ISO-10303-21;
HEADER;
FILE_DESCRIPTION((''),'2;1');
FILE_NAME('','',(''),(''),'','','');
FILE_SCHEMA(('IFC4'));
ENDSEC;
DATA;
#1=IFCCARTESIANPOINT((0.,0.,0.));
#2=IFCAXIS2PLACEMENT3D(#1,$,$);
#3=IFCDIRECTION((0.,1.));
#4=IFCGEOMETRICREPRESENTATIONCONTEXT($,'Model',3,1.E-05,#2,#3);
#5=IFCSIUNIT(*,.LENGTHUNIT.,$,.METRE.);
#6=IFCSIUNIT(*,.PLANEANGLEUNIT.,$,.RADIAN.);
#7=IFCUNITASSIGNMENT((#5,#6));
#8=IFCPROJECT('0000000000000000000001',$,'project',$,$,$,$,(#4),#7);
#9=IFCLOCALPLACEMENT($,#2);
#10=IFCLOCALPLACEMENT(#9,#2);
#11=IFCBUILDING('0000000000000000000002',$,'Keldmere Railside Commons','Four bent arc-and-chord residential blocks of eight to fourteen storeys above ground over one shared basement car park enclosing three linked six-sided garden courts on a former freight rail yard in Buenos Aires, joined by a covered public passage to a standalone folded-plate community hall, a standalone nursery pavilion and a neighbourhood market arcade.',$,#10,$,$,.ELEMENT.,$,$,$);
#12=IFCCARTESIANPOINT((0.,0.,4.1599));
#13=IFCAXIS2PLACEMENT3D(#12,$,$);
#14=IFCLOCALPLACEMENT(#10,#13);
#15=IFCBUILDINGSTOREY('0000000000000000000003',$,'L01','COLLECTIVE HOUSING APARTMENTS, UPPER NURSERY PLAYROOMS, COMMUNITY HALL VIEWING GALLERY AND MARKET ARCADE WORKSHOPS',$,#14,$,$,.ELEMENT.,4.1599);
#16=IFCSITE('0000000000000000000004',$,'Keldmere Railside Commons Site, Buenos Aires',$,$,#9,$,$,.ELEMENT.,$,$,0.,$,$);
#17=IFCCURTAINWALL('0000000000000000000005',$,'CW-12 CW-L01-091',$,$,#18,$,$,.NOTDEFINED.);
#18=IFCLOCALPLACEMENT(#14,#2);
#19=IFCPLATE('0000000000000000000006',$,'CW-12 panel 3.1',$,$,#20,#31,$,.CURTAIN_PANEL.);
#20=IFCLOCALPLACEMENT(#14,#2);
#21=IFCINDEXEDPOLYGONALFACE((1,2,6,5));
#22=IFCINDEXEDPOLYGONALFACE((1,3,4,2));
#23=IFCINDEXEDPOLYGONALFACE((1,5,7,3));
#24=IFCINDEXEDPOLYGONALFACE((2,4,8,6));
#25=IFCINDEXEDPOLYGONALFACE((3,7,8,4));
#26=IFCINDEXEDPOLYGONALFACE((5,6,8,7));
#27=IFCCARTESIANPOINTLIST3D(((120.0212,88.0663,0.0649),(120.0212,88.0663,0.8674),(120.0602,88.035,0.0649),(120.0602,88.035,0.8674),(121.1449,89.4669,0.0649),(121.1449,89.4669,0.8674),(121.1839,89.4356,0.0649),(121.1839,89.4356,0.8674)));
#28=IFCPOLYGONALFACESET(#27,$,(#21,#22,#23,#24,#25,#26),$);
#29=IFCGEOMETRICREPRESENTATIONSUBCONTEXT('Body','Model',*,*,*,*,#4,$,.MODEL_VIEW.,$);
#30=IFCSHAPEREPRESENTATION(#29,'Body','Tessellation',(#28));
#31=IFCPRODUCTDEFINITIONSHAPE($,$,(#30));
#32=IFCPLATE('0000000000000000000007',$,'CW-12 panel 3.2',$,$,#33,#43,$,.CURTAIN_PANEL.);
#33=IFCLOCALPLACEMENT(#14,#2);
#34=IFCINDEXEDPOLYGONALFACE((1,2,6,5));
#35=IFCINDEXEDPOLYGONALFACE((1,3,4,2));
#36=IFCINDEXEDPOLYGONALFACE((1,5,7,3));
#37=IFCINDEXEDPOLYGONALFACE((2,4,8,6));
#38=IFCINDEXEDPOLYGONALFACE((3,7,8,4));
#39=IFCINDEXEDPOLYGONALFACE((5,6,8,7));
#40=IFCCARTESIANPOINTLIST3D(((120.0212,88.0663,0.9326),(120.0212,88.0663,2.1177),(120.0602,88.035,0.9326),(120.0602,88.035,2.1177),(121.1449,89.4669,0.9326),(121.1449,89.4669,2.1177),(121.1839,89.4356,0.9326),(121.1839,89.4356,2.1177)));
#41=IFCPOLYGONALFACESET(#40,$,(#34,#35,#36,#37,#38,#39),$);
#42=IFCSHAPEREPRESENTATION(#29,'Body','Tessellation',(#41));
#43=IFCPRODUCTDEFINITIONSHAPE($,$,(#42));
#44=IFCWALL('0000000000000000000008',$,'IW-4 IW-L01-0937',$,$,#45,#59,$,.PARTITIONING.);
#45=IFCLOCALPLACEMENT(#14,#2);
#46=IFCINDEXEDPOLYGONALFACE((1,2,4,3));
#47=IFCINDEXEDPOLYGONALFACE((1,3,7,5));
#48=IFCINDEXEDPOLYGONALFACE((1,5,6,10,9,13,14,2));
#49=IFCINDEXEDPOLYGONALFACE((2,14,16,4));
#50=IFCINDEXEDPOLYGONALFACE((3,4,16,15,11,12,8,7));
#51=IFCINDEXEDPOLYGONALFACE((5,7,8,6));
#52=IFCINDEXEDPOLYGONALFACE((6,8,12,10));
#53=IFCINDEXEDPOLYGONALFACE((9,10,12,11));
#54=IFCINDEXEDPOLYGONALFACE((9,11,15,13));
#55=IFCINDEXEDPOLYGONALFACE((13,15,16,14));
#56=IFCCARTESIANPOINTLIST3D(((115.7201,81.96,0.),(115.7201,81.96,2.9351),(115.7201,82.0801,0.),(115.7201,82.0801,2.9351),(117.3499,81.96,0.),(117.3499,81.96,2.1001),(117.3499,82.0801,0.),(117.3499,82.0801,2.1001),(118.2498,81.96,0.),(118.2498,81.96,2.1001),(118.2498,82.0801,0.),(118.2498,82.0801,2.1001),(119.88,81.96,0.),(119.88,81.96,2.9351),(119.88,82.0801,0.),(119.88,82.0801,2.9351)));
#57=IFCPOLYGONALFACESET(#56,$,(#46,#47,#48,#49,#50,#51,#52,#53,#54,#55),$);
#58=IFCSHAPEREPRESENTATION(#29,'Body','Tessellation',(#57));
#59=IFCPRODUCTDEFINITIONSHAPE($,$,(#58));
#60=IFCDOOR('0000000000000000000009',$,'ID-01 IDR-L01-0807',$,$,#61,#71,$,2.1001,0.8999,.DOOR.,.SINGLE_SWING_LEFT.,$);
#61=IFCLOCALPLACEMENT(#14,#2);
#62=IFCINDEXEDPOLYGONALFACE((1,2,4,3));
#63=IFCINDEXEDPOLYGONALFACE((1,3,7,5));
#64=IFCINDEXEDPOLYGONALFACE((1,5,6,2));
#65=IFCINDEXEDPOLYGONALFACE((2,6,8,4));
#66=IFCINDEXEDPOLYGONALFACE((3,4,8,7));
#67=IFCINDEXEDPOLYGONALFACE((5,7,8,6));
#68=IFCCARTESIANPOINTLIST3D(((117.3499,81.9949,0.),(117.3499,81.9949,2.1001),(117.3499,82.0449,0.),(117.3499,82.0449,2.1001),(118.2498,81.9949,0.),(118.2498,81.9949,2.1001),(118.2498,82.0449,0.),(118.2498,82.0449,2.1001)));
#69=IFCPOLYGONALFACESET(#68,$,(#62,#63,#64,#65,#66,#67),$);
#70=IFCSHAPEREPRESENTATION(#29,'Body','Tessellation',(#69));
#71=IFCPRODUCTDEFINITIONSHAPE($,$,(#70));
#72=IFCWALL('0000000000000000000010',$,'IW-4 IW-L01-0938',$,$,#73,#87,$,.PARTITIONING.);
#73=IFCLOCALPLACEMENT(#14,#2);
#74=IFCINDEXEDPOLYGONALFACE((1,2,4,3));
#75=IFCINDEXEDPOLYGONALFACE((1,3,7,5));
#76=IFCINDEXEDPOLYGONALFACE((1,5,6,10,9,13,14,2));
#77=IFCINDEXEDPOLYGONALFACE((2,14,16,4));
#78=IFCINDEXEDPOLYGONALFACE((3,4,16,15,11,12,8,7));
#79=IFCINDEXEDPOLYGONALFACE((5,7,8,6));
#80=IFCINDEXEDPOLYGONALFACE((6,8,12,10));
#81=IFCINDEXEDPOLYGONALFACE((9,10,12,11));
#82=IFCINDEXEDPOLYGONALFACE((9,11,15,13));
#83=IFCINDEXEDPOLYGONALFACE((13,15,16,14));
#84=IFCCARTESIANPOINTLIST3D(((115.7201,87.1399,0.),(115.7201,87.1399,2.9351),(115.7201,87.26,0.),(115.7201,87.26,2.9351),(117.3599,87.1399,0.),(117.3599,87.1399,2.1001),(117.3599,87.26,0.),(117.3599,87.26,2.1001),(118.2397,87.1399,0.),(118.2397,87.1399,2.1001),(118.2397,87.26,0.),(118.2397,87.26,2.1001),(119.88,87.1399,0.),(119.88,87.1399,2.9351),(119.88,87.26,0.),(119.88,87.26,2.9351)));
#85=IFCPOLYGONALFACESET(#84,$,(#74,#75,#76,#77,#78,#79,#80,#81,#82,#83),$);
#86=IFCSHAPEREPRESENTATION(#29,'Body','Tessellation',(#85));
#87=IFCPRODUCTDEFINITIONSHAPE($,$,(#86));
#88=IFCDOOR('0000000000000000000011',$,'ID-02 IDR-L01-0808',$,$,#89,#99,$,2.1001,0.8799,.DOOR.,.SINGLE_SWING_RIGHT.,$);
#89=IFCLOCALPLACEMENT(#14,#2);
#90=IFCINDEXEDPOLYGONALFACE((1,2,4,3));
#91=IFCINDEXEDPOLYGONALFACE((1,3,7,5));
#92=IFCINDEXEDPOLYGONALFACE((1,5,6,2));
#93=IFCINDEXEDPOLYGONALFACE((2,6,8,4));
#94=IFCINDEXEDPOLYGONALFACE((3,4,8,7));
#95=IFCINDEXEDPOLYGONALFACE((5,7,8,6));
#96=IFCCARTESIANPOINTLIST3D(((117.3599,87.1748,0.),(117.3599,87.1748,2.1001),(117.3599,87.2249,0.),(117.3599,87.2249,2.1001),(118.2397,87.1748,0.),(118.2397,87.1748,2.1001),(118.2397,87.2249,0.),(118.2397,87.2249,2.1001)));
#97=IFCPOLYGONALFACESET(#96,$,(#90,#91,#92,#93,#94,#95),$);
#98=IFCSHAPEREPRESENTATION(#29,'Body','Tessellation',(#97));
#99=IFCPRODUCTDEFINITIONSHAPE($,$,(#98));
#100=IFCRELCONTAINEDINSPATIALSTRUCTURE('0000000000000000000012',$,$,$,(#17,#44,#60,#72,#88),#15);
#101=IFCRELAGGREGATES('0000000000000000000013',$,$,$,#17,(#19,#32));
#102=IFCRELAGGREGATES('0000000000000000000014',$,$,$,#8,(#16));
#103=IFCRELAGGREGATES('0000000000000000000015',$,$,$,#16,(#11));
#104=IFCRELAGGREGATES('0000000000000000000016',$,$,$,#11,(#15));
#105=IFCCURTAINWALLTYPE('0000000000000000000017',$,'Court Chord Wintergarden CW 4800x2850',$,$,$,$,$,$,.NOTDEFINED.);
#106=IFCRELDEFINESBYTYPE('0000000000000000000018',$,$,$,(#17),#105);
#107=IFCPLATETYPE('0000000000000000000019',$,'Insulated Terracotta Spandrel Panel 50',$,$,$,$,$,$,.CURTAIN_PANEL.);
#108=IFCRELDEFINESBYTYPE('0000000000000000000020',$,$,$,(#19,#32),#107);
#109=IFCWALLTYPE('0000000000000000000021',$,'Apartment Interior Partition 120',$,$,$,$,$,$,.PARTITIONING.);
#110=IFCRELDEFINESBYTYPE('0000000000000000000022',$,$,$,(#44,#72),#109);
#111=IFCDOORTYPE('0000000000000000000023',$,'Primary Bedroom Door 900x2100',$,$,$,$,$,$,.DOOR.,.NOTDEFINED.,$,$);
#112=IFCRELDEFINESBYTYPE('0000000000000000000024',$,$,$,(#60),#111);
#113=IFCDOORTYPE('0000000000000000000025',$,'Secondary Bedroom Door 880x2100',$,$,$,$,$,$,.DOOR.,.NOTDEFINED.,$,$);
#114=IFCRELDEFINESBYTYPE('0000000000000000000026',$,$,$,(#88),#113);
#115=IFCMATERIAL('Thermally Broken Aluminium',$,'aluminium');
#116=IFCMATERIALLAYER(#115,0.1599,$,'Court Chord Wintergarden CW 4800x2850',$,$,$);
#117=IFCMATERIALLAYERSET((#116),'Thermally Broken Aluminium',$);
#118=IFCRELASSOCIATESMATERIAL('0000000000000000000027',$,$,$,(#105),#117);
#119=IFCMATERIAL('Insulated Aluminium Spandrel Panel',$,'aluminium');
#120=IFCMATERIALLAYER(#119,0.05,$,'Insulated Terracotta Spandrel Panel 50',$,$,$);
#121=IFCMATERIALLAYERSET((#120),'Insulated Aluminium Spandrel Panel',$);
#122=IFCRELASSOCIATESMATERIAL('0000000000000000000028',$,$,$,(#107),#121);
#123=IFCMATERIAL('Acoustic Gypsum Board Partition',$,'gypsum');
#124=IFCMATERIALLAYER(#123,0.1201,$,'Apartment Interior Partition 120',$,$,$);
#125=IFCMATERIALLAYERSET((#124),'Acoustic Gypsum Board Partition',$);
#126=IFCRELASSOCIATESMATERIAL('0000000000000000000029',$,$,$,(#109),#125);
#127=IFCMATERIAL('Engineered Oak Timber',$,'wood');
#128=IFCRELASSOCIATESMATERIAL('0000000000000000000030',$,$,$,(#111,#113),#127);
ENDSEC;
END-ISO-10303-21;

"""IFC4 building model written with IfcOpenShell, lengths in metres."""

from ifc_helpers import new_model, si_unit, direction, frame, frame_2d, origin, origin_2d, place, context, subcontext, project, spatial, rectangle, extrude, material, layer, layer_set, type_object, element, fill, aggregate, save


model = new_model("IFC4")

# Units and contexts
model_context = context("Model", 3, precision=1e-05, world=origin(), true_north=direction((0.0, 1.0)))
body_context = subcontext(model_context, "Body", "Model", "MODEL_VIEW")
ifc_project = project(units=[si_unit("LENGTHUNIT", "METRE"), si_unit("PLANEANGLEUNIT", "RADIAN")], contexts=[model_context])

# Site, building, storey
site_placement = place(None, origin())
site = spatial("IfcSite", under=ifc_project, at=site_placement, Name="Keldmere Railside Commons Site, Buenos Aires", CompositionType="ELEMENT", RefElevation=0.0)
building_placement = place(site_placement, origin())
building = spatial("IfcBuilding", under=site, at=building_placement, Name="Keldmere Railside Commons", Description="Four bent arc-and-chord residential blocks of eight to fourteen storeys above ground over one shared basement car park enclosing three linked six-sided garden courts on a former freight rail yard in Buenos Aires, joined by a covered public passage to a standalone folded-plate community hall, a standalone nursery pavilion and a neighbourhood market arcade.", CompositionType="ELEMENT")
storey_placement = place(building_placement, frame((0.0, 0.0, 4.1599)))
storey = spatial("IfcBuildingStorey", under=building, at=storey_placement, Name="L01", Description="COLLECTIVE HOUSING APARTMENTS, UPPER NURSERY PLAYROOMS, COMMUNITY HALL VIEWING GALLERY AND MARKET ARCADE WORKSHOPS", CompositionType="ELEMENT", Elevation=4.1599)

# Curtain wall, plates
ifc_material_1 = material(Name="Thermally Broken Aluminium", Category="aluminium")
ifc_layer_1 = layer(ifc_material_1, 0.1599, Name="Court Chord Wintergarden CW 4800x2850")
ifc_layer_set_1 = layer_set([ifc_layer_1], Name="Thermally Broken Aluminium")
curtain_wall_type = type_object("IfcCurtainWallType", Name="Court Chord Wintergarden CW 4800x2850", PredefinedType="NOTDEFINED", material=ifc_layer_set_1)
curtain_wall_placement = place(storey_placement, origin())
curtain_wall = element("IfcCurtainWall", 1, at=curtain_wall_placement, inside=storey, type_object=curtain_wall_type, Name="CW-12 CW-L01-091", PredefinedType="NOTDEFINED")
ifc_material_2 = material(Name="Insulated Aluminium Spandrel Panel", Category="aluminium")
ifc_layer_2 = layer(ifc_material_2, 0.05, Name="Insulated Terracotta Spandrel Panel 50")
ifc_layer_set_2 = layer_set([ifc_layer_2], Name="Insulated Aluminium Spandrel Panel")
plate_type = type_object("IfcPlateType", Name="Insulated Terracotta Spandrel Panel 50", PredefinedType="CURTAIN_PANEL", material=ifc_layer_set_2)
plate_1_placement = place(storey_placement, frame((120.6025, 88.751, 0.0649), z_axis=(0.0, 0.0, 1.0), x_axis=(-0.625768, -0.780009, 0.0)))
plate_1 = element("IfcPlate", 2, at=plate_1_placement, type_object=plate_type, Name="CW-12 panel 3.1", PredefinedType="CURTAIN_PANEL", context=body_context, shape_type="SweptSolid", body=[
    extrude(rectangle(XDim=1.7957, YDim=0.05, at=origin_2d()), origin(), (0.0, 0.0, 1.0), 0.8025),
])
plate_2_placement = place(storey_placement, frame((120.6025, 88.751, 0.9326), z_axis=(0.0, 0.0, 1.0), x_axis=(-0.625768, -0.780009, 0.0)))
plate_2 = element("IfcPlate", 3, at=plate_2_placement, type_object=plate_type, Name="CW-12 panel 3.2", PredefinedType="CURTAIN_PANEL", context=body_context, shape_type="SweptSolid", body=[
    extrude(rectangle(XDim=1.7957, YDim=0.05, at=origin_2d()), origin(), (0.0, 0.0, 1.0), 1.1851),
])
aggregate(curtain_wall, [plate_1, plate_2])

# Walls, openings, doors
ifc_material_3 = material(Name="Acoustic Gypsum Board Partition", Category="gypsum")
ifc_layer_3 = layer(ifc_material_3, 0.1201, Name="Apartment Interior Partition 120")
ifc_layer_set_3 = layer_set([ifc_layer_3], Name="Acoustic Gypsum Board Partition")
wall_type_1 = type_object("IfcWallType", Name="Apartment Interior Partition 120", PredefinedType="PARTITIONING", material=ifc_layer_set_3)
wall_1_placement = place(storey_placement, frame((115.72, 82.02, 0.0), z_axis=(0.0, 0.0, 1.0), x_axis=(1.0, 0.0, 0.0)))
wall_1 = element("IfcWall", 4, at=wall_1_placement, inside=storey, type_object=wall_type_1, Name="IW-4 IW-L01-0937", PredefinedType="PARTITIONING", context=body_context, shape_type="SweptSolid", body=[
    extrude(rectangle(XDim=4.1599, YDim=0.1201, at=frame_2d((2.0801, 0.0))), origin(), (0.0, 0.0, 1.0), 2.9351),
])
opening_1_placement = place(wall_1_placement, frame((1.6299, 0.0, 0.0)))
opening_1 = element("IfcOpeningElement", 5, at=opening_1_placement, cuts=wall_1, PredefinedType="OPENING", context=body_context, shape_type="SweptSolid", body=[
    extrude(rectangle(XDim=0.8999, YDim=2.1001, at=frame_2d((0.45, 1.05))), frame((0.0, 0.0701, 0.0), z_axis=(0.0, -1.0, 0.0), x_axis=(1.0, 0.0, 0.0)), (0.0, 0.0, 1.0), 0.1401),
])
ifc_material_4 = material(Name="Engineered Oak Timber", Category="wood")
door_type_1 = type_object("IfcDoorType", Name="Primary Bedroom Door 900x2100", OperationType="NOTDEFINED", PredefinedType="DOOR", material=ifc_material_4)
door_1_placement = place(opening_1_placement, origin())
door_1 = element("IfcDoor", 6, at=door_1_placement, inside=storey, type_object=door_type_1, Name="ID-01 IDR-L01-0807", OperationType="SINGLE_SWING_LEFT", OverallHeight=2.1001, OverallWidth=0.8999, PredefinedType="DOOR", context=body_context, shape_type="SweptSolid", body=[
    extrude(rectangle(XDim=0.8999, YDim=2.1001, at=frame_2d((0.45, 1.05))), frame((0.0, 0.0249, 0.0), z_axis=(0.0, -1.0, 0.0), x_axis=(1.0, 0.0, 0.0)), (0.0, 0.0, 1.0), 0.05),
])
fill(opening_1, door_1)
wall_2_placement = place(storey_placement, frame((115.72, 87.2, 0.0), z_axis=(0.0, 0.0, 1.0), x_axis=(1.0, 0.0, 0.0)))
wall_2 = element("IfcWall", 7, at=wall_2_placement, inside=storey, type_object=wall_type_1, Name="IW-4 IW-L01-0938", PredefinedType="PARTITIONING", context=body_context, shape_type="SweptSolid", body=[
    extrude(rectangle(XDim=4.1599, YDim=0.1201, at=frame_2d((2.0801, 0.0))), origin(), (0.0, 0.0, 1.0), 2.9351),
])
opening_2_placement = place(wall_2_placement, frame((1.6399, 0.0, 0.0)))
opening_2 = element("IfcOpeningElement", 8, at=opening_2_placement, cuts=wall_2, PredefinedType="OPENING", context=body_context, shape_type="SweptSolid", body=[
    extrude(rectangle(XDim=0.8799, YDim=2.1001, at=frame_2d((0.4399, 1.05))), frame((0.0, 0.0701, 0.0), z_axis=(0.0, -1.0, 0.0), x_axis=(1.0, 0.0, 0.0)), (0.0, 0.0, 1.0), 0.1401),
])
door_type_2 = type_object("IfcDoorType", Name="Secondary Bedroom Door 880x2100", OperationType="NOTDEFINED", PredefinedType="DOOR", material=ifc_material_4)
door_2_placement = place(opening_2_placement, origin())
door_2 = element("IfcDoor", 9, at=door_2_placement, inside=storey, type_object=door_type_2, Name="ID-02 IDR-L01-0808", OperationType="SINGLE_SWING_RIGHT", OverallHeight=2.1001, OverallWidth=0.8799, PredefinedType="DOOR", context=body_context, shape_type="SweptSolid", body=[
    extrude(rectangle(XDim=0.8799, YDim=2.1001, at=frame_2d((0.4399, 1.05))), frame((0.0, 0.0249, 0.0), z_axis=(0.0, -1.0, 0.0), x_axis=(1.0, 0.0, 0.0)), (0.0, 0.0, 1.0), 0.05),
])
fill(opening_2, door_2)

save(model, "model.ifc")
